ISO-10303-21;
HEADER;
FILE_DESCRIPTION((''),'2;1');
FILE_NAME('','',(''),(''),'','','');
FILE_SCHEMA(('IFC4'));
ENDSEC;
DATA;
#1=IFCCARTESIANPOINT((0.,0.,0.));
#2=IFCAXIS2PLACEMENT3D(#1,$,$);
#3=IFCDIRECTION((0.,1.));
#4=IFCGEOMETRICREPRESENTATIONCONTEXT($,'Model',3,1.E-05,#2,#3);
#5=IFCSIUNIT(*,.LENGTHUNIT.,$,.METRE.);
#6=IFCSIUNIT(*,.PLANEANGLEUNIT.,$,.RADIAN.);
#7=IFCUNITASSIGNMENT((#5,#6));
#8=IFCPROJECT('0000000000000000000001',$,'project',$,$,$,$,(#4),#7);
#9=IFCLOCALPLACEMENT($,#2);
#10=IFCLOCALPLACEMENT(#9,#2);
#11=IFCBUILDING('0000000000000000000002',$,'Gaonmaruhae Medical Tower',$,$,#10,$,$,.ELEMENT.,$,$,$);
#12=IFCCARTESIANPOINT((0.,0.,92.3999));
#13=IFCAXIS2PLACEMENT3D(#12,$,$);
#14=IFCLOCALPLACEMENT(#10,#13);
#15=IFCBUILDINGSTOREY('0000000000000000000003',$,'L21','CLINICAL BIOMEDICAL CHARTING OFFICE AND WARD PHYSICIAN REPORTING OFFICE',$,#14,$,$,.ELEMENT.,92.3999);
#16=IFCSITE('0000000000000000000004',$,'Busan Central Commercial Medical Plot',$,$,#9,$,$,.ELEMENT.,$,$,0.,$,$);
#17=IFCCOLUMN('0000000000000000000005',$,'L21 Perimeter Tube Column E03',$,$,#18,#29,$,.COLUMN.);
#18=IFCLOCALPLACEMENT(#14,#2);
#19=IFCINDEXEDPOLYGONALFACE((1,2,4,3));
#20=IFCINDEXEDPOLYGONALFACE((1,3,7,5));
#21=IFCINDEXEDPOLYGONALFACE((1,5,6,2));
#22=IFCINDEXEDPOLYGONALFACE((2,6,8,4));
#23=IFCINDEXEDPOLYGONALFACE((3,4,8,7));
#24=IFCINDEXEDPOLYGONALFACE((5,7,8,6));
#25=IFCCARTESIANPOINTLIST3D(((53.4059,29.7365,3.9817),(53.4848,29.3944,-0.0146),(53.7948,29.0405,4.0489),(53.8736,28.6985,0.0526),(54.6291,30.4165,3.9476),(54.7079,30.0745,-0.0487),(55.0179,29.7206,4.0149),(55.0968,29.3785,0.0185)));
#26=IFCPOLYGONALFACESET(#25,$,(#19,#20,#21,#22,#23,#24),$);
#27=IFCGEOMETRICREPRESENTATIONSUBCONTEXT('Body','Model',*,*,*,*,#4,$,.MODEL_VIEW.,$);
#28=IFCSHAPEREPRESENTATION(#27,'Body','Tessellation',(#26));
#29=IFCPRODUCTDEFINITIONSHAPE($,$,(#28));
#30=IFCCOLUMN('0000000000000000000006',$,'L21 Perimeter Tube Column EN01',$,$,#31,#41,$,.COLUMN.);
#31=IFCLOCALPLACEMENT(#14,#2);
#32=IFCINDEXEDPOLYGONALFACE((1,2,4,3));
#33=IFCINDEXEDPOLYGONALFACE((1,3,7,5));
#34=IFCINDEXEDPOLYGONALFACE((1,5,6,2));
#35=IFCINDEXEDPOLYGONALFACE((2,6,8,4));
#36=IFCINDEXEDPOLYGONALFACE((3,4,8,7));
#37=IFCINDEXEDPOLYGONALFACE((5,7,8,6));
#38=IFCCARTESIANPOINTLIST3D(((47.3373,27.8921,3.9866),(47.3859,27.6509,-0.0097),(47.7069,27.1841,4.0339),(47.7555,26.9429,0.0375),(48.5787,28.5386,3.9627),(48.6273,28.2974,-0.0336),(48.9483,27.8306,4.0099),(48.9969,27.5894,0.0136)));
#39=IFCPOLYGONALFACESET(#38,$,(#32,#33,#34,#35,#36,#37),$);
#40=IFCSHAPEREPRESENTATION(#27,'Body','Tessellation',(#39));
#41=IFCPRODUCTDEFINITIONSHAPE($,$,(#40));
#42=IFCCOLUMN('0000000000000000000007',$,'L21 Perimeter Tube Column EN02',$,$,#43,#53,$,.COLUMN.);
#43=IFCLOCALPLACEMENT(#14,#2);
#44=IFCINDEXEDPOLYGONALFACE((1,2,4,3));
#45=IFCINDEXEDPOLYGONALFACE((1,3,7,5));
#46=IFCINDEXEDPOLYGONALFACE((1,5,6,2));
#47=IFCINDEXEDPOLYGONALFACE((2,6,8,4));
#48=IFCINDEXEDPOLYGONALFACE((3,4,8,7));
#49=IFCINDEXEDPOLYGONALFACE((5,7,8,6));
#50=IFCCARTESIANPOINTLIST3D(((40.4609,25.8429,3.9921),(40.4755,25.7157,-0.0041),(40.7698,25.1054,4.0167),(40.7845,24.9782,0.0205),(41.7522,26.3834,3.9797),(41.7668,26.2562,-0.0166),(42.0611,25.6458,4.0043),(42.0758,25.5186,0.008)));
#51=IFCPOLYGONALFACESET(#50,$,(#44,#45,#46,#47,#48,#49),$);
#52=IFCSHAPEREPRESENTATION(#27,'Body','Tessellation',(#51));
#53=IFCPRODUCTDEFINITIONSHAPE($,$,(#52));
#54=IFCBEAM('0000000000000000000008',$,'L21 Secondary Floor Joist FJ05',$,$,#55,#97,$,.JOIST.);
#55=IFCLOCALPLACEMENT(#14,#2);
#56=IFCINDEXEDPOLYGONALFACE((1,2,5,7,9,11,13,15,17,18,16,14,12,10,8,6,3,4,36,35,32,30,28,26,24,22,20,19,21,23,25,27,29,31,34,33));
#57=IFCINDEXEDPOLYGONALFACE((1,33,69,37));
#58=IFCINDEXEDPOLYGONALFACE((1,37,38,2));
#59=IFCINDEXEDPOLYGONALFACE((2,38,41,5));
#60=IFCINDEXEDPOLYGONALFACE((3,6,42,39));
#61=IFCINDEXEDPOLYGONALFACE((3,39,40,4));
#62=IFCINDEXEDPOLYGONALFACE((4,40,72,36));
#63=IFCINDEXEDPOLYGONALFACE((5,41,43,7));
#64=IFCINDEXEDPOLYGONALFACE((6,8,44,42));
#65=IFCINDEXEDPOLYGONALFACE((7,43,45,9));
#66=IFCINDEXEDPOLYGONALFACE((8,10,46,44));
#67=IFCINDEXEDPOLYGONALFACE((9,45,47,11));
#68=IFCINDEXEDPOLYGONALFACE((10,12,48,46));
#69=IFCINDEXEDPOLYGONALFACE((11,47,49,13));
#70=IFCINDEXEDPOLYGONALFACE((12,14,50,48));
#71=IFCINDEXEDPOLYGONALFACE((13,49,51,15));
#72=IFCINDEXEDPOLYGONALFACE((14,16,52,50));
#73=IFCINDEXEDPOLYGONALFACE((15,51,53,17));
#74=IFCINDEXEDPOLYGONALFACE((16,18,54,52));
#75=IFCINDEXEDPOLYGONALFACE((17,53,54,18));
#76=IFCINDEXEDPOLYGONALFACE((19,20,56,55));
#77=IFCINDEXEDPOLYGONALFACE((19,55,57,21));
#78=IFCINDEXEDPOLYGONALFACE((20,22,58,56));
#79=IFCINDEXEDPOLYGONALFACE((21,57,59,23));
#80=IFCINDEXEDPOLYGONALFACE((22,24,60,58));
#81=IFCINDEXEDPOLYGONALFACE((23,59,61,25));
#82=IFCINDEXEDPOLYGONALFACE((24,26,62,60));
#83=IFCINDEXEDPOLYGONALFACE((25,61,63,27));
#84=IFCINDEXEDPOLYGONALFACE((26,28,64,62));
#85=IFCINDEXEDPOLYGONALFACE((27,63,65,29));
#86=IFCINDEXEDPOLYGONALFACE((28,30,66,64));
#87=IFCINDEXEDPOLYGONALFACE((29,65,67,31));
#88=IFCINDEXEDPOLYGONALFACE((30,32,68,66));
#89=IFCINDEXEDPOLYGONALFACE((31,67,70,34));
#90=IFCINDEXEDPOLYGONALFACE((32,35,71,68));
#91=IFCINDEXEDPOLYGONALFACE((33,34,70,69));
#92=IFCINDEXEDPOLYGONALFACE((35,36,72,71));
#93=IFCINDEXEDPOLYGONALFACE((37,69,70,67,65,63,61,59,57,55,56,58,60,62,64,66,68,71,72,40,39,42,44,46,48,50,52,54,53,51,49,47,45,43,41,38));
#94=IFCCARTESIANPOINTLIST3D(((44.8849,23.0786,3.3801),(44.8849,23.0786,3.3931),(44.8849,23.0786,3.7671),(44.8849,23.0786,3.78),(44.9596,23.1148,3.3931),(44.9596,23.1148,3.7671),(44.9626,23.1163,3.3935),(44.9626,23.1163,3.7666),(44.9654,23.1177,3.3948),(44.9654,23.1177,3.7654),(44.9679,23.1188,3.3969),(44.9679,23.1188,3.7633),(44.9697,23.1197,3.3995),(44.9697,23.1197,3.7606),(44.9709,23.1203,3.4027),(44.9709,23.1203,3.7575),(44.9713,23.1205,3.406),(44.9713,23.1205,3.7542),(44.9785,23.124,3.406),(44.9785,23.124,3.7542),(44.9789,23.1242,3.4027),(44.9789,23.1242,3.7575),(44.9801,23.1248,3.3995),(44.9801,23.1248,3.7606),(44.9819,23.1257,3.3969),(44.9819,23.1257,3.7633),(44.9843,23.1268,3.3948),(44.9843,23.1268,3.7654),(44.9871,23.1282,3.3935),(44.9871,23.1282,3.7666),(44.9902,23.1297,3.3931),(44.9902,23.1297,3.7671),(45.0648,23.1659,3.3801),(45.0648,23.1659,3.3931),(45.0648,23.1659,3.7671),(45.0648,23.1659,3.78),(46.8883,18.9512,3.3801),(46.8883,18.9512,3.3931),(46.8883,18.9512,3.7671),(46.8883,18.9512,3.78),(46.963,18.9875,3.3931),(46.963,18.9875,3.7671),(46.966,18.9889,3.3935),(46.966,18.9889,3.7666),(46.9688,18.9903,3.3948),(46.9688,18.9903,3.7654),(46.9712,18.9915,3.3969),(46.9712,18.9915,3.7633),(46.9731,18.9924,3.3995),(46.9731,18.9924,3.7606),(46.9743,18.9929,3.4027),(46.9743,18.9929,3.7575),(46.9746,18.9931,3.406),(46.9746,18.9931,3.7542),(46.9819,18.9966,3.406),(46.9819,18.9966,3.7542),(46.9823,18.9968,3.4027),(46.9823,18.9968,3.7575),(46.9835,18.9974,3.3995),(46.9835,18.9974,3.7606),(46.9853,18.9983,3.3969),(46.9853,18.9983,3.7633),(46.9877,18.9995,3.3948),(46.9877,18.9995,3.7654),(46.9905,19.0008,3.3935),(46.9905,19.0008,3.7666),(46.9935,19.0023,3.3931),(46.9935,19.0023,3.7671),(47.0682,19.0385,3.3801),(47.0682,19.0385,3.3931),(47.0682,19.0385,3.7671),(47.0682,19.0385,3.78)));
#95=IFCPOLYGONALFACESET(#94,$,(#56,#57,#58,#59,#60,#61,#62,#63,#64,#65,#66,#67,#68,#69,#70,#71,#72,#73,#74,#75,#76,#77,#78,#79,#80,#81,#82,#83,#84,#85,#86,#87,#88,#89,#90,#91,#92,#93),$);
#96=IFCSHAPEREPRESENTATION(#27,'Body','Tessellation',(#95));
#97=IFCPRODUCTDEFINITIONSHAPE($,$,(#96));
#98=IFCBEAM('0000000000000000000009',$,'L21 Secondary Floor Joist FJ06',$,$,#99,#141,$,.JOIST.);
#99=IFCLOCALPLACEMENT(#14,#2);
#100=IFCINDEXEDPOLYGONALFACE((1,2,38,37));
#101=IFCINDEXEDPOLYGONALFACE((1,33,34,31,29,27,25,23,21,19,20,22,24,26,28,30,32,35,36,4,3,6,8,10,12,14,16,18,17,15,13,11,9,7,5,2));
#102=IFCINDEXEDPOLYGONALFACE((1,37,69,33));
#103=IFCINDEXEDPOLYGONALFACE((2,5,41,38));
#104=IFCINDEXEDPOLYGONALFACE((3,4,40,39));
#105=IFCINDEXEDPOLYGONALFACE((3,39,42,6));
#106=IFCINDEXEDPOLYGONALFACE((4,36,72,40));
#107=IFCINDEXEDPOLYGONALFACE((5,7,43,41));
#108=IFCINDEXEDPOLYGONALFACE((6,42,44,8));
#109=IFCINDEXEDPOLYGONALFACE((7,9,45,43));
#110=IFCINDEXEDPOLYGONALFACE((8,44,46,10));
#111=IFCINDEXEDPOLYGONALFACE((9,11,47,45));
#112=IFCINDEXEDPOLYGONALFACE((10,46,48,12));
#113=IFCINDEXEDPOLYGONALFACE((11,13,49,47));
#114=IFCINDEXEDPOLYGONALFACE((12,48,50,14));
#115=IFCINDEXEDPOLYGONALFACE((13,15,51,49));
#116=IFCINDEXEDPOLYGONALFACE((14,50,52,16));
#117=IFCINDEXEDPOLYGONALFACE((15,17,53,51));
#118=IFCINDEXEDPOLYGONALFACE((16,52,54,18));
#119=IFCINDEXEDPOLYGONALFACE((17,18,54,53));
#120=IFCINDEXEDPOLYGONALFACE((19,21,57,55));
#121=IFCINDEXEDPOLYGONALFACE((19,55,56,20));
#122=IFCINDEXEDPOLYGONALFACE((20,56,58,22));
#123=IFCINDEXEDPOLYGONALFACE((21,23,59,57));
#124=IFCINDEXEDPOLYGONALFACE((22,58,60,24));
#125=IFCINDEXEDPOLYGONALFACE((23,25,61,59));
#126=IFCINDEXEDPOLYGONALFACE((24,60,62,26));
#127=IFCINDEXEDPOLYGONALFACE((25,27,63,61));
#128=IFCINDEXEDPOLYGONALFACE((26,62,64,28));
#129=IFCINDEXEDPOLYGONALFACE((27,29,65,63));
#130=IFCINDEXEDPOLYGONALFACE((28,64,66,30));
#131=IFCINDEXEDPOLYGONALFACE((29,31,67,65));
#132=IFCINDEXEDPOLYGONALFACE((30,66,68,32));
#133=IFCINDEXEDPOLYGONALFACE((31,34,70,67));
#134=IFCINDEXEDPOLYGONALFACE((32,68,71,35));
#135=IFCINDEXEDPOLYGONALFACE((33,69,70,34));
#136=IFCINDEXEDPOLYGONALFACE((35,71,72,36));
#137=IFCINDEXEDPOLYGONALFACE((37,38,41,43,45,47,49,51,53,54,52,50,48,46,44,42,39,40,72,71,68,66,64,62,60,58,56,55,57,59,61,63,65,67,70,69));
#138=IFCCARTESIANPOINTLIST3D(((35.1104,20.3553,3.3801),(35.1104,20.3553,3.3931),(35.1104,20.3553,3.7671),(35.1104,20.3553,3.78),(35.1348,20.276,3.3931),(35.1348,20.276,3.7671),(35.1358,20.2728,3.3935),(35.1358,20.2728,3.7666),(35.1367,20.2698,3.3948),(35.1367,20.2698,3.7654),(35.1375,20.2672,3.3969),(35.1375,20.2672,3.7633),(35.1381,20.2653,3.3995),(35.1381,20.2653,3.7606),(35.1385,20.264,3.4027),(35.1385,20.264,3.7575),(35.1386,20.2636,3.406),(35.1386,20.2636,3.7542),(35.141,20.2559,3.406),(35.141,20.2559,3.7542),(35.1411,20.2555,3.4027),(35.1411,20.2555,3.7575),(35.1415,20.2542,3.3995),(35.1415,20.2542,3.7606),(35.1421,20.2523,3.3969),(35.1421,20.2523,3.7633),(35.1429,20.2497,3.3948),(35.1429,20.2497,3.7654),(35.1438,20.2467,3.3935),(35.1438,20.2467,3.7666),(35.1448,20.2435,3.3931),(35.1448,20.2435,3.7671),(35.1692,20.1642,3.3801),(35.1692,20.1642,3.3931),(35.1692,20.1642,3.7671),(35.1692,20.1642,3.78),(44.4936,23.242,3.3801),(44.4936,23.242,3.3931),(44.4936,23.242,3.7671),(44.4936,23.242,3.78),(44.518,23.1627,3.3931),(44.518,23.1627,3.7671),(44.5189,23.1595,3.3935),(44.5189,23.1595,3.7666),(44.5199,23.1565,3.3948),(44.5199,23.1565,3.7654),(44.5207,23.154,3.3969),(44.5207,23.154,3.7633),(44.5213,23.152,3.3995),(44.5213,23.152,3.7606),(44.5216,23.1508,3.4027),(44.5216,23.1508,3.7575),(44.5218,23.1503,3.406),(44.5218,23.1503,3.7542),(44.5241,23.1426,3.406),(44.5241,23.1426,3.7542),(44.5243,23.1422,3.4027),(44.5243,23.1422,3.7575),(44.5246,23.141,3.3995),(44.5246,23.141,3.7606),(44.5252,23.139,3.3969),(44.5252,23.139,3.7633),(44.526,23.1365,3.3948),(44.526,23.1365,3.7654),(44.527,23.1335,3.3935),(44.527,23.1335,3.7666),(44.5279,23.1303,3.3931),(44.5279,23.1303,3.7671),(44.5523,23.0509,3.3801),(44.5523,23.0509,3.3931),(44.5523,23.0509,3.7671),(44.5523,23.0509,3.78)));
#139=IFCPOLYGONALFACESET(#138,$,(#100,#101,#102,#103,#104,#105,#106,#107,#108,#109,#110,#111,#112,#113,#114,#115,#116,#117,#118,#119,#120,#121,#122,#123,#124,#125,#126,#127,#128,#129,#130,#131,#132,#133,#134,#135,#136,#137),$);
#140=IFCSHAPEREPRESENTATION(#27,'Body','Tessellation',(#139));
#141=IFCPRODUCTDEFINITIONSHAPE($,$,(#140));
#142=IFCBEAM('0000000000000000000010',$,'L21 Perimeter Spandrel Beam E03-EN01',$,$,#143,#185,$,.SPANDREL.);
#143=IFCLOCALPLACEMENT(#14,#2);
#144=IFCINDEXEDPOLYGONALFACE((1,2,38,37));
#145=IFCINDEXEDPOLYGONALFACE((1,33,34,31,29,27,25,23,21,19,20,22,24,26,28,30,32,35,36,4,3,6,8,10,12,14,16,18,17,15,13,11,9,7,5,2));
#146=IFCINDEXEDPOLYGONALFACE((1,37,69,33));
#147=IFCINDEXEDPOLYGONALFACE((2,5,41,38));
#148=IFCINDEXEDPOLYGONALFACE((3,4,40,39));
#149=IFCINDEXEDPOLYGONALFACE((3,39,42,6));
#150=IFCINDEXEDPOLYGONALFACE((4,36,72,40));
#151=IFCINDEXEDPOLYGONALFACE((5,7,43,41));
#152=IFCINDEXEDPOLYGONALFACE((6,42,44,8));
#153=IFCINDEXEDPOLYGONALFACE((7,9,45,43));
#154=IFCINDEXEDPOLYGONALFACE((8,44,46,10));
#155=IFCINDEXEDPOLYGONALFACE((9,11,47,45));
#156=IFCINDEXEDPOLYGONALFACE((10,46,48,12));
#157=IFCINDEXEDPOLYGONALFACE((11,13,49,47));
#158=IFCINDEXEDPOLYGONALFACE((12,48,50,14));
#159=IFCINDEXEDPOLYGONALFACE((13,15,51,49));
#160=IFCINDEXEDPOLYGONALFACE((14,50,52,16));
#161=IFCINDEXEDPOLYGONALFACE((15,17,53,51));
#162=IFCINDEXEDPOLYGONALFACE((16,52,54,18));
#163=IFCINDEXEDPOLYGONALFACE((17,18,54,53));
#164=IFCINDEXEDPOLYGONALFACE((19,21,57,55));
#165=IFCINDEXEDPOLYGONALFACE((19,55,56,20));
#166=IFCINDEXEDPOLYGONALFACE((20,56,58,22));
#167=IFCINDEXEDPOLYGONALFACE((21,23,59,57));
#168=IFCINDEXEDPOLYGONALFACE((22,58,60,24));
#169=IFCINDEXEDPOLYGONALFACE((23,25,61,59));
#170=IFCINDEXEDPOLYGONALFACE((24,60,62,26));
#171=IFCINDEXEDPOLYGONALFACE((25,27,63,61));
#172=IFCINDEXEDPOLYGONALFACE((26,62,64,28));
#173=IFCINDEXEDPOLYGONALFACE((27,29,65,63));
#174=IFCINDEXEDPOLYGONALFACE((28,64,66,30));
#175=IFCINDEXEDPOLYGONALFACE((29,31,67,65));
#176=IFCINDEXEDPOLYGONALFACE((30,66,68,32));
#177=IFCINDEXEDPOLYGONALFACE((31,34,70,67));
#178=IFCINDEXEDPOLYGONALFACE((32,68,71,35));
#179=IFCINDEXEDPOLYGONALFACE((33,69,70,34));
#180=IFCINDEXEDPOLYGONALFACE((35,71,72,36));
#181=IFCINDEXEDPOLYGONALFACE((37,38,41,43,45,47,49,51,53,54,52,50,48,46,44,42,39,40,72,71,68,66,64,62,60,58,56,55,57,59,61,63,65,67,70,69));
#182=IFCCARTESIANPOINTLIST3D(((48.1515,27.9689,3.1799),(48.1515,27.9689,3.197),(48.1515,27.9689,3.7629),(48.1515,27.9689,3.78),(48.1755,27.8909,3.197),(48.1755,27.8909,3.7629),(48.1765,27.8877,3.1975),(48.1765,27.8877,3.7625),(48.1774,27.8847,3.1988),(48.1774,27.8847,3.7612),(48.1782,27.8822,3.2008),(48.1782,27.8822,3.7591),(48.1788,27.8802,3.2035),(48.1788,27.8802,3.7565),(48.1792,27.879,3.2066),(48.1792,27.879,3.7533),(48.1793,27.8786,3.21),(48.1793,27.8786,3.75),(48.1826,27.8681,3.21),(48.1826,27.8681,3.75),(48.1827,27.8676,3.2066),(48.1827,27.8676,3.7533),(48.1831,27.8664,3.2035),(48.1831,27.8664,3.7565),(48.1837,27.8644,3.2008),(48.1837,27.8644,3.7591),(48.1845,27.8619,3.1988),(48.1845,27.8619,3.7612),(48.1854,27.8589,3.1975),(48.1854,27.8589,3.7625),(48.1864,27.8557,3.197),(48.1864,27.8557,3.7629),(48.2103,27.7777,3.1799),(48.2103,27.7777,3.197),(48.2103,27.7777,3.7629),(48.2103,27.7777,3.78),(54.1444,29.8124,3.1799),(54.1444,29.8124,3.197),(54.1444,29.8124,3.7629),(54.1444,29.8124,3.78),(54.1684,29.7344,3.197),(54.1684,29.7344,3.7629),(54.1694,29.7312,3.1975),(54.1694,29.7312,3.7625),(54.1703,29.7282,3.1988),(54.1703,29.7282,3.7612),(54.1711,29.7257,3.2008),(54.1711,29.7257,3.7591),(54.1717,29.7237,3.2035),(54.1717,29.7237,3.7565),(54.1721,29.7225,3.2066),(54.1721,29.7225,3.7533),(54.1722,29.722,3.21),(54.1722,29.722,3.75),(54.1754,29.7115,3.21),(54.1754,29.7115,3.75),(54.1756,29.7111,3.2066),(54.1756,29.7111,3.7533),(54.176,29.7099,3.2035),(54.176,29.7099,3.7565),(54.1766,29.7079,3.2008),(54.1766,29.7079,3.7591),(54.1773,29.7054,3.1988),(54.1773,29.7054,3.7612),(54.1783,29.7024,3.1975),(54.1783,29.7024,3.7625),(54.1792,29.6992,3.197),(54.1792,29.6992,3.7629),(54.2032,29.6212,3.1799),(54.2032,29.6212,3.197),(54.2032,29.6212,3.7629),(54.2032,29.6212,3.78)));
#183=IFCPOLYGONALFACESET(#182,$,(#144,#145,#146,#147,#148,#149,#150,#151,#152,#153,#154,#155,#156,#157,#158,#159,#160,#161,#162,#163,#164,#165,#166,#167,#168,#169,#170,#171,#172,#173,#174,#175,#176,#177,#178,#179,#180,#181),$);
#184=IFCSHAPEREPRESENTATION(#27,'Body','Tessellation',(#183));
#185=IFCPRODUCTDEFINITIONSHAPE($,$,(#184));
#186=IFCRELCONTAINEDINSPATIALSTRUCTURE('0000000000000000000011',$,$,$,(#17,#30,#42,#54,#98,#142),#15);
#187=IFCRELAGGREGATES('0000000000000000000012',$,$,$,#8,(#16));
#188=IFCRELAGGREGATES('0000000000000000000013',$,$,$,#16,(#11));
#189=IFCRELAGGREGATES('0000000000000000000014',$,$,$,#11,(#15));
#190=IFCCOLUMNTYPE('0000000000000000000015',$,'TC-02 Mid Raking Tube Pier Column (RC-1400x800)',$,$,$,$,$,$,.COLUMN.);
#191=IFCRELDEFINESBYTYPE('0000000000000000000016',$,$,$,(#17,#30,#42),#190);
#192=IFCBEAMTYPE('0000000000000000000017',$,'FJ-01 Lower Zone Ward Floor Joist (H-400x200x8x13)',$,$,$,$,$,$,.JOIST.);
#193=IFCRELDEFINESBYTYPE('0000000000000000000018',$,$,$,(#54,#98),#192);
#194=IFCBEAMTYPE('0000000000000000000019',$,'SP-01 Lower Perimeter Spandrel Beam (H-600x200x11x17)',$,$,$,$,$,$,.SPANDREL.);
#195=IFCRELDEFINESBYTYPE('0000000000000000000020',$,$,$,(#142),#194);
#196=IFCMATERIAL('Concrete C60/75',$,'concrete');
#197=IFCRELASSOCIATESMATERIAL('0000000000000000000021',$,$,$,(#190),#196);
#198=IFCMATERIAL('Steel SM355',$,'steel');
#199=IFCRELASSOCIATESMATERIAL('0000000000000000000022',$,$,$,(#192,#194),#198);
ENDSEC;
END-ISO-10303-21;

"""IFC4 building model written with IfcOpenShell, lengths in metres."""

from ifc_helpers import new_model, si_unit, direction, frame, origin, origin_2d, place, context, subcontext, project, spatial, rectangle, i_section, extrude, material, material_profile, profile_set, type_object, element, save


model = new_model("IFC4")

# Units and contexts
model_context = context("Model", 3, precision=1e-05, world=origin(), true_north=direction((0.0, 1.0)))
body_context = subcontext(model_context, "Body", "Model", "MODEL_VIEW")
ifc_project = project(units=[si_unit("LENGTHUNIT", "METRE"), si_unit("PLANEANGLEUNIT", "RADIAN")], contexts=[model_context])

# Site, building, storey
site_placement = place(None, origin())
site = spatial("IfcSite", under=ifc_project, at=site_placement, Name="Busan Central Commercial Medical Plot", CompositionType="ELEMENT", RefElevation=0.0)
building_placement = place(site_placement, origin())
building = spatial("IfcBuilding", under=site, at=building_placement, Name="Gaonmaruhae Medical Tower", CompositionType="ELEMENT")
storey_placement = place(building_placement, frame((0.0, 0.0, 92.3999)))
storey = spatial("IfcBuildingStorey", under=building, at=storey_placement, Name="L21", Description="CLINICAL BIOMEDICAL CHARTING OFFICE AND WARD PHYSICIAN REPORTING OFFICE", CompositionType="ELEMENT", Elevation=92.3999)

# Columns
ifc_material_1 = material(Name="Concrete C60/75", Category="concrete")
ifc_material_profile_1 = material_profile(ifc_material_1, rectangle(XDim=1.3999, YDim=0.8, at=origin_2d()), Name="RC-1400x800")
ifc_profile_set_1 = profile_set([ifc_material_profile_1], Name="Concrete C60/75")
column_type = type_object("IfcColumnType", Name="TC-02 Mid Raking Tube Pier Column (RC-1400x800)", PredefinedType="COLUMN", material=ifc_profile_set_1)
column_1_placement = place(storey_placement, frame((54.2908, 29.3865, 0.002), z_axis=(-0.019657, 0.08526, 0.996165), x_axis=(-0.873734, -0.485794, 0.024338)))
element("IfcColumn", 1, at=column_1_placement, inside=storey, type_object=column_type, Name="L21 Perimeter Tube Column E03", PredefinedType="COLUMN", context=body_context, shape_type="SweptSolid", body=[
    extrude(rectangle(XDim=1.3999, YDim=0.8, at=origin_2d()), origin(), (0.0, 0.0, 1.0), 4.0117),
])
column_2_placement = place(storey_placement, frame((48.1914, 27.6201, 0.002), z_axis=(-0.012134, 0.060244, 0.99811), x_axis=(-0.886808, -0.461821, 0.017094)))
element("IfcColumn", 2, at=column_2_placement, inside=storey, type_object=column_type, Name="L21 Perimeter Tube Column EN01", PredefinedType="COLUMN", context=body_context, shape_type="SweptSolid", body=[
    extrude(rectangle(XDim=1.3999, YDim=0.8, at=origin_2d()), origin(), (0.0, 0.0, 1.0), 4.0039),
])
column_3_placement = place(storey_placement, frame((41.2756, 25.6172, 0.002), z_axis=(-0.003664, 0.031812, 0.999487), x_axis=(-0.922424, -0.386077, 0.008907)))
element("IfcColumn", 3, at=column_3_placement, inside=storey, type_object=column_type, Name="L21 Perimeter Tube Column EN02", PredefinedType="COLUMN", context=body_context, shape_type="SweptSolid", body=[
    extrude(rectangle(XDim=1.3999, YDim=0.8, at=origin_2d()), origin(), (0.0, 0.0, 1.0), 3.9983),
])

# Beams
ifc_material_2 = material(Name="Steel SM355", Category="steel")
ifc_material_profile_2 = material_profile(ifc_material_2, i_section(OverallWidth=0.2, OverallDepth=0.3999, WebThickness=0.0081, FlangeThickness=0.0129, FilletRadius=0.0129, at=origin_2d()), Name="H-400x200x8x13")
ifc_profile_set_2 = profile_set([ifc_material_profile_2], Name="Steel SM355")
beam_type_1 = type_object("IfcBeamType", Name="FJ-01 Lower Zone Ward Floor Joist (H-400x200x8x13)", PredefinedType="JOIST", material=ifc_profile_set_2)
beam_1_placement = place(storey_placement, frame((46.9783, 18.9949, 3.5801), z_axis=(-0.436668, 0.899623, 0.0), x_axis=(-0.899623, -0.436668, 0.0)))
element("IfcBeam", 4, at=beam_1_placement, inside=storey, type_object=beam_type_1, Name="L21 Secondary Floor Joist FJ05", PredefinedType="JOIST", context=body_context, shape_type="SweptSolid", body=[
    extrude(i_section(OverallWidth=0.2, OverallDepth=0.3999, WebThickness=0.0081, FlangeThickness=0.0129, FilletRadius=0.0129, at=origin_2d()), origin(), (0.0, 0.0, 1.0), 4.5879),
])
beam_2_placement = place(storey_placement, frame((44.5229, 23.1465, 3.5801), z_axis=(-0.95579, -0.294051, 0.0), x_axis=(0.294051, -0.95579, 0.0)))
element("IfcBeam", 5, at=beam_2_placement, inside=storey, type_object=beam_type_1, Name="L21 Secondary Floor Joist FJ06", PredefinedType="JOIST", context=body_context, shape_type="SweptSolid", body=[
    extrude(i_section(OverallWidth=0.2, OverallDepth=0.3999, WebThickness=0.0081, FlangeThickness=0.0129, FilletRadius=0.0129, at=origin_2d()), origin(), (0.0, 0.0, 1.0), 9.8171),
])
ifc_material_profile_3 = material_profile(ifc_material_2, i_section(OverallWidth=0.2, OverallDepth=0.6001, WebThickness=0.011, FlangeThickness=0.0171, FilletRadius=0.0129, at=origin_2d()), Name="H-600x200x11x17")
ifc_profile_set_3 = profile_set([ifc_material_profile_3], Name="Steel SM355")
beam_type_2 = type_object("IfcBeamType", Name="SP-01 Lower Perimeter Spandrel Beam (H-600x200x11x17)", PredefinedType="SPANDREL", material=ifc_profile_set_3)
beam_3_placement = place(storey_placement, frame((54.1738, 29.7168, 3.48), z_axis=(-0.9558, -0.294017, 0.0), x_axis=(0.294017, -0.9558, 0.0)))
element("IfcBeam", 6, at=beam_3_placement, inside=storey, type_object=beam_type_2, Name="L21 Perimeter Spandrel Beam E03-EN01", PredefinedType="SPANDREL", context=body_context, shape_type="SweptSolid", body=[
    extrude(i_section(OverallWidth=0.2, OverallDepth=0.6001, WebThickness=0.011, FlangeThickness=0.0171, FilletRadius=0.0129, at=origin_2d()), origin(), (0.0, 0.0, 1.0), 6.27),
])

save(model, "model.ifc")
